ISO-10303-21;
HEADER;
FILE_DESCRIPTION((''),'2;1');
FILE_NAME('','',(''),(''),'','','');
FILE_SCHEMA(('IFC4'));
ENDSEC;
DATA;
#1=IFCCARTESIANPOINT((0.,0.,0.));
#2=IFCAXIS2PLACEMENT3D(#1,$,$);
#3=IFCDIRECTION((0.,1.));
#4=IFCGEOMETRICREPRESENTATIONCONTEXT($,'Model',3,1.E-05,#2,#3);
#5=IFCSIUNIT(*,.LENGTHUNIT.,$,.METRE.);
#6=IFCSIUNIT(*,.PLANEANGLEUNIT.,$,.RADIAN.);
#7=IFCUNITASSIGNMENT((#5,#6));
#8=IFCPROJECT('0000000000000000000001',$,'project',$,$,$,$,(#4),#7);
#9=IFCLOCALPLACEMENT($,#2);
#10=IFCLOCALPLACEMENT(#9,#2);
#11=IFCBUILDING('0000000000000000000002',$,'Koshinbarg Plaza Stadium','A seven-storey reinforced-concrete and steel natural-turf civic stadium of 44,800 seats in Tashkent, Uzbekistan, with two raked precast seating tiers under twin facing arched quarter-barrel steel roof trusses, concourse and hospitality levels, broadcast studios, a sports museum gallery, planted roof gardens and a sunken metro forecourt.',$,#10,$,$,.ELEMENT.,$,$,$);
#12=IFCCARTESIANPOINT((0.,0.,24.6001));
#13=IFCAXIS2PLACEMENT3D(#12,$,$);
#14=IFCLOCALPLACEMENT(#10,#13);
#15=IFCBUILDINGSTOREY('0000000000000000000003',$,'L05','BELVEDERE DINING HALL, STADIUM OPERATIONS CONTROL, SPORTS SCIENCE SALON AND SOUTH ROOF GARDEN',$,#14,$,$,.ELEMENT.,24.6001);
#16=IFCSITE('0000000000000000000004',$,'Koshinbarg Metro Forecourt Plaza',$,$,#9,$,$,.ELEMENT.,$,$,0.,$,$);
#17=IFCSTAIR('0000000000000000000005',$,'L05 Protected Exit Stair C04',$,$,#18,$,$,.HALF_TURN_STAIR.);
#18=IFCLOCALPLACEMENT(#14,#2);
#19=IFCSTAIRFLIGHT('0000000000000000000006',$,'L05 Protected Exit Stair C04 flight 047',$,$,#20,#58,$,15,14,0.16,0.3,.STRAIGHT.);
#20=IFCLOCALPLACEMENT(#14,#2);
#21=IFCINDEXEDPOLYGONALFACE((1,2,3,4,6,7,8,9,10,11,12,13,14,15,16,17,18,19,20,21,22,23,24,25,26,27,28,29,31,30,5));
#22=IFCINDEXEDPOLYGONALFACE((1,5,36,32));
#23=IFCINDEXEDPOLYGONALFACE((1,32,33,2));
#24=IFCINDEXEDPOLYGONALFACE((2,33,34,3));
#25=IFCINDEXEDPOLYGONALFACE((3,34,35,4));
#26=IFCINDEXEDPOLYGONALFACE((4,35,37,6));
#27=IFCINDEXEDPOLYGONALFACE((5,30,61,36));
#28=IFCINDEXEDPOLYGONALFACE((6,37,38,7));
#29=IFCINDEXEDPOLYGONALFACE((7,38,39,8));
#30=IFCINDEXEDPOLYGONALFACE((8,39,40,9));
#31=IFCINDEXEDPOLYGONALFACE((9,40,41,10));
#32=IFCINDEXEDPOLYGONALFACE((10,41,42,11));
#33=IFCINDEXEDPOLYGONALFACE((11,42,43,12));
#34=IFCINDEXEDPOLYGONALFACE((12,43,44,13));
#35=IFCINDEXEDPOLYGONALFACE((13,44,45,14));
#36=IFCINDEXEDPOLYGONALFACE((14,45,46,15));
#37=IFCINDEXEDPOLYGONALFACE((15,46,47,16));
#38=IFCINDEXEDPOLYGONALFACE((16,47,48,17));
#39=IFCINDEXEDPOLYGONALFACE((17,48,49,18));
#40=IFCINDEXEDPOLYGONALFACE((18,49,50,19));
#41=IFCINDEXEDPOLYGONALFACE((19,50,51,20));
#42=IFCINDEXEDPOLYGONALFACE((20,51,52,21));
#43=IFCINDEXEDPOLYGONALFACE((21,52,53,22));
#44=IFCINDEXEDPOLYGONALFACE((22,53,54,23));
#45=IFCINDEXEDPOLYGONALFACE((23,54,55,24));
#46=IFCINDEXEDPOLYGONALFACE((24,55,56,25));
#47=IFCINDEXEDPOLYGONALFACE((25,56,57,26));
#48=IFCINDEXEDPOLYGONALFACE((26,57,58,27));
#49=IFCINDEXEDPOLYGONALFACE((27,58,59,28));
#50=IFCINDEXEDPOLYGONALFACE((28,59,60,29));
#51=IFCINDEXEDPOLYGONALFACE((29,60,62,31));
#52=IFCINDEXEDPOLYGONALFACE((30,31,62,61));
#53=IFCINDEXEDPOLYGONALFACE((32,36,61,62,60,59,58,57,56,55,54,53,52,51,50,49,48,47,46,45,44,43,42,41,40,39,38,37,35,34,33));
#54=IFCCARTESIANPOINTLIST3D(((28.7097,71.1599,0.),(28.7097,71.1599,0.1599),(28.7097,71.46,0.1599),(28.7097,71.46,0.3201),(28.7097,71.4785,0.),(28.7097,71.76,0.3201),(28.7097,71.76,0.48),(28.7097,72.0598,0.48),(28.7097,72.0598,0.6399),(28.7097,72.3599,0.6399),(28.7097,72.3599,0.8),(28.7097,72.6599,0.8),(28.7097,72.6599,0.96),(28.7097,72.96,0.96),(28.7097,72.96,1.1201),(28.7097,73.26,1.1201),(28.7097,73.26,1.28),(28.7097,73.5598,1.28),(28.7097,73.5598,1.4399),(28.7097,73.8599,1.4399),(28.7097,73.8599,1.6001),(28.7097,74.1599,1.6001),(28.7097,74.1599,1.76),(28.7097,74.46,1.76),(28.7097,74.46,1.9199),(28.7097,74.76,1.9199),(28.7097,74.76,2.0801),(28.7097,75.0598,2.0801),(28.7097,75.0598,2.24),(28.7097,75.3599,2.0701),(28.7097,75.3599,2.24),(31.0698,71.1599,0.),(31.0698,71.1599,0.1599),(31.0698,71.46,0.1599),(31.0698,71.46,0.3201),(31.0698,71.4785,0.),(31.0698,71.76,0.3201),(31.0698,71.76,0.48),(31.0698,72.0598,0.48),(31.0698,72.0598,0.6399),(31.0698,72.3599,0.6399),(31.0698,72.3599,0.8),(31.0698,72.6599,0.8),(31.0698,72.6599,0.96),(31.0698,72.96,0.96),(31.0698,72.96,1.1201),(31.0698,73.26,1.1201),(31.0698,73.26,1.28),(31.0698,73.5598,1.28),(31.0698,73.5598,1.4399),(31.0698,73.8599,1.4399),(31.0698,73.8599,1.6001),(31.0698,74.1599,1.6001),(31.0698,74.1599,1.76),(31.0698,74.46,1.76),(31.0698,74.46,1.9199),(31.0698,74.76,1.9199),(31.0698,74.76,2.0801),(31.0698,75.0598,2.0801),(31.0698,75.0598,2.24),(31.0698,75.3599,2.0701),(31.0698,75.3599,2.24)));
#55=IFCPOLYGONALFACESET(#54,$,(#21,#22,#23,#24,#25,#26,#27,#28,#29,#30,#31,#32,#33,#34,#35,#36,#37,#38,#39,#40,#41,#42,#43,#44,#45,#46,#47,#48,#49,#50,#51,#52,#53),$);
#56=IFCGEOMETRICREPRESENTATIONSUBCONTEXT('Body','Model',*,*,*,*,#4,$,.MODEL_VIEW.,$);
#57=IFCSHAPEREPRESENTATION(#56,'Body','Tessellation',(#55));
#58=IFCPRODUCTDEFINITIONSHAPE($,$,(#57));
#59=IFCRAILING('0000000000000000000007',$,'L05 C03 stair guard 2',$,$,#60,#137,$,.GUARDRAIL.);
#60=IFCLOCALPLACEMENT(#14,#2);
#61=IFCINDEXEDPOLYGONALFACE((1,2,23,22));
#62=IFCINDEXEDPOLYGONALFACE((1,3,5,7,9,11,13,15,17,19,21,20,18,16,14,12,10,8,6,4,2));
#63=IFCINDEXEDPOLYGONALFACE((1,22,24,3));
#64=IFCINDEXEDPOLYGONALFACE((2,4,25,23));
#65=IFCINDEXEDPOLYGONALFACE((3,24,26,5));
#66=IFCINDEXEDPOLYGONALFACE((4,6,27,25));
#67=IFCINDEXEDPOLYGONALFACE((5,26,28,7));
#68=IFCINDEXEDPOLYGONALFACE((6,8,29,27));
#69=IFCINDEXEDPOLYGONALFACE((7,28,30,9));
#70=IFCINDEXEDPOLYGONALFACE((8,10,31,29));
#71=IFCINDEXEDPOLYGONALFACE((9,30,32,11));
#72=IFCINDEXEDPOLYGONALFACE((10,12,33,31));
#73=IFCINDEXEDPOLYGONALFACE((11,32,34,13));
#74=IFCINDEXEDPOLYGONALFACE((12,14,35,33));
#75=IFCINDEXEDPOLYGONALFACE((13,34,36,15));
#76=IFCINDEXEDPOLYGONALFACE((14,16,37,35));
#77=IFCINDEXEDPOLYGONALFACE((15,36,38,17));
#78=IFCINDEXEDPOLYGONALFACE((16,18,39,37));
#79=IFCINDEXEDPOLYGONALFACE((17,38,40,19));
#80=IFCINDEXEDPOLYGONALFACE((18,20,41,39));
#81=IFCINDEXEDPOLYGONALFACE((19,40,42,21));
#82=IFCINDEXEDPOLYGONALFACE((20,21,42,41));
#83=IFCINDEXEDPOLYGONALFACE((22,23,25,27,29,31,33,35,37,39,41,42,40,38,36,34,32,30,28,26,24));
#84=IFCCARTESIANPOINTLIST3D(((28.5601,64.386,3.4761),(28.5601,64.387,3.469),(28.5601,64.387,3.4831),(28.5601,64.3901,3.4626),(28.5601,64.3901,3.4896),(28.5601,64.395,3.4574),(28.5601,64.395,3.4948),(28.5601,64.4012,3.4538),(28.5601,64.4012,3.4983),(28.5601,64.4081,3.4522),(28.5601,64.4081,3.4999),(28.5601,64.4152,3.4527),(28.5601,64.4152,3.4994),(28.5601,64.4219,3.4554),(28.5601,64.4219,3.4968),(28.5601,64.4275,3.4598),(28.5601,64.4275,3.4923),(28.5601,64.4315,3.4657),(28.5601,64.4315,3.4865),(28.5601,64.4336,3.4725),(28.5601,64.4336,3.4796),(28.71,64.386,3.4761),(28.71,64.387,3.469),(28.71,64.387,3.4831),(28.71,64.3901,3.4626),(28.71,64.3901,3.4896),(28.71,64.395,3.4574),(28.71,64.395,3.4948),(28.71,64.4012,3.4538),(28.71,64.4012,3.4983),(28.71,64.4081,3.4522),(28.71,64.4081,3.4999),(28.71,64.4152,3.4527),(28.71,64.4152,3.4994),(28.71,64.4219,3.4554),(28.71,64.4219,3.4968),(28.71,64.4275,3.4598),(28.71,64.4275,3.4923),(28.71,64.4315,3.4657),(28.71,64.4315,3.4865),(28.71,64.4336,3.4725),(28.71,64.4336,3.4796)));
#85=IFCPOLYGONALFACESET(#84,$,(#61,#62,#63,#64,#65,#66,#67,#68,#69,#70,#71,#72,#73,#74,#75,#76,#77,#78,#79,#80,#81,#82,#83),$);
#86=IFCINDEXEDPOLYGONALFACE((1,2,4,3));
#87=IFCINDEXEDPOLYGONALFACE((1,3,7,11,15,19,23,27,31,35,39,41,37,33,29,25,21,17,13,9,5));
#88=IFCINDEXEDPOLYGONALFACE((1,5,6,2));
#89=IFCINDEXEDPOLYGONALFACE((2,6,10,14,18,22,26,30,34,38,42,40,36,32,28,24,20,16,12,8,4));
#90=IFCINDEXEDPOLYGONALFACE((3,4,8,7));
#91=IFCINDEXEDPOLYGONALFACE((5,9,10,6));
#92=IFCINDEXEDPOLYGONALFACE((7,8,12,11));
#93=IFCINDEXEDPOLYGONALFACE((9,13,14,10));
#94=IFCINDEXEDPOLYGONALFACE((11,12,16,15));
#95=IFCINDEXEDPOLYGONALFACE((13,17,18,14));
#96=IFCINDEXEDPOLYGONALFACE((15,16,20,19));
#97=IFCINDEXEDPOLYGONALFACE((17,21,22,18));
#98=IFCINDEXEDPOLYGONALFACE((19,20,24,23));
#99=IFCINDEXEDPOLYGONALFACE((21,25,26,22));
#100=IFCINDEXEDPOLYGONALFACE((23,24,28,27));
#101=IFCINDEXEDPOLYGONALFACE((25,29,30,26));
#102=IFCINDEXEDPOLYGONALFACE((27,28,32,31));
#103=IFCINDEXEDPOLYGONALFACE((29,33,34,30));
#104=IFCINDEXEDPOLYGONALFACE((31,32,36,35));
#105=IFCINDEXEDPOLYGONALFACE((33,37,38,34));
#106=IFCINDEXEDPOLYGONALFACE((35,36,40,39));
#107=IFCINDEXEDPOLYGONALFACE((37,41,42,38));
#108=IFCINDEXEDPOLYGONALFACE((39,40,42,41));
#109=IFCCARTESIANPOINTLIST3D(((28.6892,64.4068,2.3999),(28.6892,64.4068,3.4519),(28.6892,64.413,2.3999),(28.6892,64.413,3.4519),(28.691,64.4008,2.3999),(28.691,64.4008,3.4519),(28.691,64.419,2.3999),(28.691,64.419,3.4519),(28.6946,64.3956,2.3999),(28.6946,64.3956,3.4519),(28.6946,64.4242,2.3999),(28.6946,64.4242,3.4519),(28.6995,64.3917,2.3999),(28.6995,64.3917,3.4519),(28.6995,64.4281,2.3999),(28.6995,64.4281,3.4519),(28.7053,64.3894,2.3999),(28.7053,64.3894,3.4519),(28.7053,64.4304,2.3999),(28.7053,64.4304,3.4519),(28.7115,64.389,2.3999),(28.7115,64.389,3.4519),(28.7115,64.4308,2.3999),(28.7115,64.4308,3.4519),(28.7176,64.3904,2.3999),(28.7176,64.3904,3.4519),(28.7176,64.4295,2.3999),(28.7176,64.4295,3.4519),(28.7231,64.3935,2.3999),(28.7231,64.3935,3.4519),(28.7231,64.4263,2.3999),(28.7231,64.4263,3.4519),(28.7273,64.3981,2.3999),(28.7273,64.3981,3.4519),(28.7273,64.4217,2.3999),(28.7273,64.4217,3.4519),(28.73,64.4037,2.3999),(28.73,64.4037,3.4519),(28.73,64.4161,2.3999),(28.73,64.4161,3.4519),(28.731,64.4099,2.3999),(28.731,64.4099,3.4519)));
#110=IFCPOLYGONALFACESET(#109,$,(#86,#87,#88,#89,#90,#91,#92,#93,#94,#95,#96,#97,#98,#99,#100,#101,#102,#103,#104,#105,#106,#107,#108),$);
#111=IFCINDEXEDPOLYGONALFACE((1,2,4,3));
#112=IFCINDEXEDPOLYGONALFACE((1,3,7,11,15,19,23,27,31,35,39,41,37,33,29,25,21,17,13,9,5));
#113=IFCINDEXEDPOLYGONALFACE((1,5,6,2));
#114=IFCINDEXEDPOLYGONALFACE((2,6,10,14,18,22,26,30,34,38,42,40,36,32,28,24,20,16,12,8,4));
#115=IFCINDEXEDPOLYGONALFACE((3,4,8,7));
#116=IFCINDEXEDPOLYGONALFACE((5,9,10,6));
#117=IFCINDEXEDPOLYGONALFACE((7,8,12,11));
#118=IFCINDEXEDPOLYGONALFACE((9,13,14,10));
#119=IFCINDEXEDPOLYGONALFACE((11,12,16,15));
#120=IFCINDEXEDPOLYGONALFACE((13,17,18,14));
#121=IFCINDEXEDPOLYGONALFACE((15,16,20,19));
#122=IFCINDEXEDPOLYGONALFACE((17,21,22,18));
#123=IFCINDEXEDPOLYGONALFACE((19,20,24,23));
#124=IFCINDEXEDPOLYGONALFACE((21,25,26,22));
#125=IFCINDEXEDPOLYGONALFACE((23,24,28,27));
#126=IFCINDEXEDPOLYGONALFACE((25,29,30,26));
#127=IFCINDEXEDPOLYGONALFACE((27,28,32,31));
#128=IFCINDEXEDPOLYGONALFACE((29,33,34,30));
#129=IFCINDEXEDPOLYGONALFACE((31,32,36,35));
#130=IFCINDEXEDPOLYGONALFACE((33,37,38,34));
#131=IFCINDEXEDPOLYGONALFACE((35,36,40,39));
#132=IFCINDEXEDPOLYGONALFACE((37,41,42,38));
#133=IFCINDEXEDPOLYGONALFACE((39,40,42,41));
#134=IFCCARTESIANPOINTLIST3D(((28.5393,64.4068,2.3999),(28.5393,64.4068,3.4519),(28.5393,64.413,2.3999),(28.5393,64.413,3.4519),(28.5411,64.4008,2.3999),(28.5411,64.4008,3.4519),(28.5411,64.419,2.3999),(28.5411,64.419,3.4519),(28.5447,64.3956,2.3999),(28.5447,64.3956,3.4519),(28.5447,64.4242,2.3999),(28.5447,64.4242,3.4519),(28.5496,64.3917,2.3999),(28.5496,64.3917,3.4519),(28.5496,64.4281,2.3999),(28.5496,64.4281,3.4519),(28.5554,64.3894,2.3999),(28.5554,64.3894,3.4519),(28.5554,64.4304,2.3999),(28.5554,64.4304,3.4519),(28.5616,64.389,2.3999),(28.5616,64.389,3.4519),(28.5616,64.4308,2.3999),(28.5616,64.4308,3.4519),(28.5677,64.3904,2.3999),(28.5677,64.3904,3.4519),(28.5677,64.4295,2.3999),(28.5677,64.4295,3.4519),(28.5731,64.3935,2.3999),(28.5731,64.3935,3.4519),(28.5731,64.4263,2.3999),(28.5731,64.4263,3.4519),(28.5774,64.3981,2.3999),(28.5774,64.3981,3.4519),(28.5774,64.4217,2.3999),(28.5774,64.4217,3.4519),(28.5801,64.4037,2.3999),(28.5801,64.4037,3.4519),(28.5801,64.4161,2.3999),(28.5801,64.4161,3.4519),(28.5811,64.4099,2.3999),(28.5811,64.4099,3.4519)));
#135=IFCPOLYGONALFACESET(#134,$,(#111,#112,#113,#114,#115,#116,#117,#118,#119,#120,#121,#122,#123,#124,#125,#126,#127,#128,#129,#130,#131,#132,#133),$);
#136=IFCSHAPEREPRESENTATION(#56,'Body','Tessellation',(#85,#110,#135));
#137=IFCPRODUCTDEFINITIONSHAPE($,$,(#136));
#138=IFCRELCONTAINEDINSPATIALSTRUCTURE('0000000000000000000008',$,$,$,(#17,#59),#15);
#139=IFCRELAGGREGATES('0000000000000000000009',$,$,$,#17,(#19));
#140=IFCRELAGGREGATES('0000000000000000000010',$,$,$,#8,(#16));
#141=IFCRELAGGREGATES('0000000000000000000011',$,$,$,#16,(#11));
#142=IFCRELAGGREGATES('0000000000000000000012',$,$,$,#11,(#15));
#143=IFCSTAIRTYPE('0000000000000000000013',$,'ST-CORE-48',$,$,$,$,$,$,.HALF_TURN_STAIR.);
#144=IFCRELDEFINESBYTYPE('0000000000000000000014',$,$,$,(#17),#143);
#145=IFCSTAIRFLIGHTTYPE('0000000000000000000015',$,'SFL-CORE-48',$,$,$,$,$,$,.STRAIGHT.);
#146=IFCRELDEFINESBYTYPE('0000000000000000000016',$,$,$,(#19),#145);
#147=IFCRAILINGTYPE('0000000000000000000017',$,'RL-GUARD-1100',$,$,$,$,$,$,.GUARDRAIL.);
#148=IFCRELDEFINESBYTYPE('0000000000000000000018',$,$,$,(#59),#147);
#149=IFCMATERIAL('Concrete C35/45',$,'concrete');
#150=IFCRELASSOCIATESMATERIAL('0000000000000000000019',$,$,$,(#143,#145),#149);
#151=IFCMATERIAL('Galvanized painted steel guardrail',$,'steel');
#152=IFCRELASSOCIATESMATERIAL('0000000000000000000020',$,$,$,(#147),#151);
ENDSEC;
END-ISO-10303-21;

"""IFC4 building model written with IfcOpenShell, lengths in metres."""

from ifc_helpers import new_model, si_unit, direction, frame, origin, origin_2d, place, context, subcontext, project, spatial, polyline, circle, outline, extrude, material, type_object, element, aggregate, save


model = new_model("IFC4")

# Units and contexts
model_context = context("Model", 3, precision=1e-05, world=origin(), true_north=direction((0.0, 1.0)))
body_context = subcontext(model_context, "Body", "Model", "MODEL_VIEW")
ifc_project = project(units=[si_unit("LENGTHUNIT", "METRE"), si_unit("PLANEANGLEUNIT", "RADIAN")], contexts=[model_context])

# Site, building, storey
site_placement = place(None, origin())
site = spatial("IfcSite", under=ifc_project, at=site_placement, Name="Koshinbarg Metro Forecourt Plaza", CompositionType="ELEMENT", RefElevation=0.0)
building_placement = place(site_placement, origin())
building = spatial("IfcBuilding", under=site, at=building_placement, Name="Koshinbarg Plaza Stadium", Description="A seven-storey reinforced-concrete and steel natural-turf civic stadium of 44,800 seats in Tashkent, Uzbekistan, with two raked precast seating tiers under twin facing arched quarter-barrel steel roof trusses, concourse and hospitality levels, broadcast studios, a sports museum gallery, planted roof gardens and a sunken metro forecourt.", CompositionType="ELEMENT")
storey_placement = place(building_placement, frame((0.0, 0.0, 24.6001)))
storey = spatial("IfcBuildingStorey", under=building, at=storey_placement, Name="L05", Description="BELVEDERE DINING HALL, STADIUM OPERATIONS CONTROL, SPORTS SCIENCE SALON AND SOUTH ROOF GARDEN", CompositionType="ELEMENT", Elevation=24.6001)

# Stair, stair flight
ifc_material_1 = material(Name="Concrete C35/45", Category="concrete")
stair_type = type_object("IfcStairType", Name="ST-CORE-48", PredefinedType="HALF_TURN_STAIR", material=ifc_material_1)
stair_placement = place(storey_placement, origin())
stair = element("IfcStair", 1, at=stair_placement, inside=storey, type_object=stair_type, Name="L05 Protected Exit Stair C04", PredefinedType="HALF_TURN_STAIR")
stair_flight_type = type_object("IfcStairFlightType", Name="SFL-CORE-48", PredefinedType="STRAIGHT", material=ifc_material_1)
stair_flight_placement = place(storey_placement, frame((29.8899, 71.1599, 0.0), z_axis=(0.0, 0.0, 1.0), x_axis=(0.0, 1.0, 0.0)))
stair_flight = element("IfcStairFlight", 2, at=stair_flight_placement, type_object=stair_flight_type, Name="L05 Protected Exit Stair C04 flight 047", NumberOfRisers=15, NumberOfTreads=14, PredefinedType="STRAIGHT", RiserHeight=0.16, TreadLength=0.3, context=body_context, shape_type="SweptSolid", body=[
    extrude(outline(polyline([(0.0, 0.0), (0.0, 0.1599), (0.3, 0.1599), (0.3, 0.3201), (0.6001, 0.3201), (0.6001, 0.48), (0.8999, 0.48), (0.8999, 0.6399), (1.2, 0.6399), (1.2, 0.8), (1.5, 0.8), (1.5, 0.96), (1.8, 0.96), (1.8, 1.1201), (2.1001, 1.1201), (2.1001, 1.28), (2.3999, 1.28), (2.3999, 1.4399), (2.7, 1.4399), (2.7, 1.6001), (3.0, 1.6001), (3.0, 1.76), (3.3, 1.76), (3.3, 1.9199), (3.6001, 1.9199), (3.6001, 2.0801), (3.8999, 2.0801), (3.8999, 2.24), (4.2, 2.24), (4.2, 2.3999), (4.2, 2.0701), (0.3186, 0.0), (0.0, 0.0)])), frame((0.0, 1.1802, 0.0), z_axis=(0.0, -1.0, 0.0), x_axis=(1.0, 0.0, 0.0)), (0.0, 0.0, 1.0), 2.3601),
])
aggregate(stair, [stair_flight])

# Railing
ifc_material_2 = material(Name="Galvanized painted steel guardrail", Category="steel")
railing_type_1 = type_object("IfcRailingType", Name="RL-GUARD-1100", PredefinedType="GUARDRAIL", material=ifc_material_2)
railing_1_placement = place(storey_placement, frame((28.71, 64.4099, 2.3999)))
element("IfcRailing", 3, at=railing_1_placement, inside=storey, type_object=railing_type_1, Name="L05 C03 stair guard 2", PredefinedType="GUARDRAIL", context=body_context, shape_type="SweptSolid", body=[
    extrude(circle(Radius=0.0239, at=origin_2d()), frame((0.0, 0.0, 1.0762), z_axis=(-1.0, 0.0, 0.0), x_axis=(0.0, -1.0, 0.0)), (0.0, 0.0, 1.0), 0.1499),
    extrude(circle(Radius=0.021, at=origin_2d()), origin(), (0.0, 0.0, 1.0), 1.052),
    extrude(circle(Radius=0.021, at=origin_2d()), frame((-0.1499, 0.0, 0.0)), (0.0, 0.0, 1.0), 1.052),
])

save(model, "model.ifc")
